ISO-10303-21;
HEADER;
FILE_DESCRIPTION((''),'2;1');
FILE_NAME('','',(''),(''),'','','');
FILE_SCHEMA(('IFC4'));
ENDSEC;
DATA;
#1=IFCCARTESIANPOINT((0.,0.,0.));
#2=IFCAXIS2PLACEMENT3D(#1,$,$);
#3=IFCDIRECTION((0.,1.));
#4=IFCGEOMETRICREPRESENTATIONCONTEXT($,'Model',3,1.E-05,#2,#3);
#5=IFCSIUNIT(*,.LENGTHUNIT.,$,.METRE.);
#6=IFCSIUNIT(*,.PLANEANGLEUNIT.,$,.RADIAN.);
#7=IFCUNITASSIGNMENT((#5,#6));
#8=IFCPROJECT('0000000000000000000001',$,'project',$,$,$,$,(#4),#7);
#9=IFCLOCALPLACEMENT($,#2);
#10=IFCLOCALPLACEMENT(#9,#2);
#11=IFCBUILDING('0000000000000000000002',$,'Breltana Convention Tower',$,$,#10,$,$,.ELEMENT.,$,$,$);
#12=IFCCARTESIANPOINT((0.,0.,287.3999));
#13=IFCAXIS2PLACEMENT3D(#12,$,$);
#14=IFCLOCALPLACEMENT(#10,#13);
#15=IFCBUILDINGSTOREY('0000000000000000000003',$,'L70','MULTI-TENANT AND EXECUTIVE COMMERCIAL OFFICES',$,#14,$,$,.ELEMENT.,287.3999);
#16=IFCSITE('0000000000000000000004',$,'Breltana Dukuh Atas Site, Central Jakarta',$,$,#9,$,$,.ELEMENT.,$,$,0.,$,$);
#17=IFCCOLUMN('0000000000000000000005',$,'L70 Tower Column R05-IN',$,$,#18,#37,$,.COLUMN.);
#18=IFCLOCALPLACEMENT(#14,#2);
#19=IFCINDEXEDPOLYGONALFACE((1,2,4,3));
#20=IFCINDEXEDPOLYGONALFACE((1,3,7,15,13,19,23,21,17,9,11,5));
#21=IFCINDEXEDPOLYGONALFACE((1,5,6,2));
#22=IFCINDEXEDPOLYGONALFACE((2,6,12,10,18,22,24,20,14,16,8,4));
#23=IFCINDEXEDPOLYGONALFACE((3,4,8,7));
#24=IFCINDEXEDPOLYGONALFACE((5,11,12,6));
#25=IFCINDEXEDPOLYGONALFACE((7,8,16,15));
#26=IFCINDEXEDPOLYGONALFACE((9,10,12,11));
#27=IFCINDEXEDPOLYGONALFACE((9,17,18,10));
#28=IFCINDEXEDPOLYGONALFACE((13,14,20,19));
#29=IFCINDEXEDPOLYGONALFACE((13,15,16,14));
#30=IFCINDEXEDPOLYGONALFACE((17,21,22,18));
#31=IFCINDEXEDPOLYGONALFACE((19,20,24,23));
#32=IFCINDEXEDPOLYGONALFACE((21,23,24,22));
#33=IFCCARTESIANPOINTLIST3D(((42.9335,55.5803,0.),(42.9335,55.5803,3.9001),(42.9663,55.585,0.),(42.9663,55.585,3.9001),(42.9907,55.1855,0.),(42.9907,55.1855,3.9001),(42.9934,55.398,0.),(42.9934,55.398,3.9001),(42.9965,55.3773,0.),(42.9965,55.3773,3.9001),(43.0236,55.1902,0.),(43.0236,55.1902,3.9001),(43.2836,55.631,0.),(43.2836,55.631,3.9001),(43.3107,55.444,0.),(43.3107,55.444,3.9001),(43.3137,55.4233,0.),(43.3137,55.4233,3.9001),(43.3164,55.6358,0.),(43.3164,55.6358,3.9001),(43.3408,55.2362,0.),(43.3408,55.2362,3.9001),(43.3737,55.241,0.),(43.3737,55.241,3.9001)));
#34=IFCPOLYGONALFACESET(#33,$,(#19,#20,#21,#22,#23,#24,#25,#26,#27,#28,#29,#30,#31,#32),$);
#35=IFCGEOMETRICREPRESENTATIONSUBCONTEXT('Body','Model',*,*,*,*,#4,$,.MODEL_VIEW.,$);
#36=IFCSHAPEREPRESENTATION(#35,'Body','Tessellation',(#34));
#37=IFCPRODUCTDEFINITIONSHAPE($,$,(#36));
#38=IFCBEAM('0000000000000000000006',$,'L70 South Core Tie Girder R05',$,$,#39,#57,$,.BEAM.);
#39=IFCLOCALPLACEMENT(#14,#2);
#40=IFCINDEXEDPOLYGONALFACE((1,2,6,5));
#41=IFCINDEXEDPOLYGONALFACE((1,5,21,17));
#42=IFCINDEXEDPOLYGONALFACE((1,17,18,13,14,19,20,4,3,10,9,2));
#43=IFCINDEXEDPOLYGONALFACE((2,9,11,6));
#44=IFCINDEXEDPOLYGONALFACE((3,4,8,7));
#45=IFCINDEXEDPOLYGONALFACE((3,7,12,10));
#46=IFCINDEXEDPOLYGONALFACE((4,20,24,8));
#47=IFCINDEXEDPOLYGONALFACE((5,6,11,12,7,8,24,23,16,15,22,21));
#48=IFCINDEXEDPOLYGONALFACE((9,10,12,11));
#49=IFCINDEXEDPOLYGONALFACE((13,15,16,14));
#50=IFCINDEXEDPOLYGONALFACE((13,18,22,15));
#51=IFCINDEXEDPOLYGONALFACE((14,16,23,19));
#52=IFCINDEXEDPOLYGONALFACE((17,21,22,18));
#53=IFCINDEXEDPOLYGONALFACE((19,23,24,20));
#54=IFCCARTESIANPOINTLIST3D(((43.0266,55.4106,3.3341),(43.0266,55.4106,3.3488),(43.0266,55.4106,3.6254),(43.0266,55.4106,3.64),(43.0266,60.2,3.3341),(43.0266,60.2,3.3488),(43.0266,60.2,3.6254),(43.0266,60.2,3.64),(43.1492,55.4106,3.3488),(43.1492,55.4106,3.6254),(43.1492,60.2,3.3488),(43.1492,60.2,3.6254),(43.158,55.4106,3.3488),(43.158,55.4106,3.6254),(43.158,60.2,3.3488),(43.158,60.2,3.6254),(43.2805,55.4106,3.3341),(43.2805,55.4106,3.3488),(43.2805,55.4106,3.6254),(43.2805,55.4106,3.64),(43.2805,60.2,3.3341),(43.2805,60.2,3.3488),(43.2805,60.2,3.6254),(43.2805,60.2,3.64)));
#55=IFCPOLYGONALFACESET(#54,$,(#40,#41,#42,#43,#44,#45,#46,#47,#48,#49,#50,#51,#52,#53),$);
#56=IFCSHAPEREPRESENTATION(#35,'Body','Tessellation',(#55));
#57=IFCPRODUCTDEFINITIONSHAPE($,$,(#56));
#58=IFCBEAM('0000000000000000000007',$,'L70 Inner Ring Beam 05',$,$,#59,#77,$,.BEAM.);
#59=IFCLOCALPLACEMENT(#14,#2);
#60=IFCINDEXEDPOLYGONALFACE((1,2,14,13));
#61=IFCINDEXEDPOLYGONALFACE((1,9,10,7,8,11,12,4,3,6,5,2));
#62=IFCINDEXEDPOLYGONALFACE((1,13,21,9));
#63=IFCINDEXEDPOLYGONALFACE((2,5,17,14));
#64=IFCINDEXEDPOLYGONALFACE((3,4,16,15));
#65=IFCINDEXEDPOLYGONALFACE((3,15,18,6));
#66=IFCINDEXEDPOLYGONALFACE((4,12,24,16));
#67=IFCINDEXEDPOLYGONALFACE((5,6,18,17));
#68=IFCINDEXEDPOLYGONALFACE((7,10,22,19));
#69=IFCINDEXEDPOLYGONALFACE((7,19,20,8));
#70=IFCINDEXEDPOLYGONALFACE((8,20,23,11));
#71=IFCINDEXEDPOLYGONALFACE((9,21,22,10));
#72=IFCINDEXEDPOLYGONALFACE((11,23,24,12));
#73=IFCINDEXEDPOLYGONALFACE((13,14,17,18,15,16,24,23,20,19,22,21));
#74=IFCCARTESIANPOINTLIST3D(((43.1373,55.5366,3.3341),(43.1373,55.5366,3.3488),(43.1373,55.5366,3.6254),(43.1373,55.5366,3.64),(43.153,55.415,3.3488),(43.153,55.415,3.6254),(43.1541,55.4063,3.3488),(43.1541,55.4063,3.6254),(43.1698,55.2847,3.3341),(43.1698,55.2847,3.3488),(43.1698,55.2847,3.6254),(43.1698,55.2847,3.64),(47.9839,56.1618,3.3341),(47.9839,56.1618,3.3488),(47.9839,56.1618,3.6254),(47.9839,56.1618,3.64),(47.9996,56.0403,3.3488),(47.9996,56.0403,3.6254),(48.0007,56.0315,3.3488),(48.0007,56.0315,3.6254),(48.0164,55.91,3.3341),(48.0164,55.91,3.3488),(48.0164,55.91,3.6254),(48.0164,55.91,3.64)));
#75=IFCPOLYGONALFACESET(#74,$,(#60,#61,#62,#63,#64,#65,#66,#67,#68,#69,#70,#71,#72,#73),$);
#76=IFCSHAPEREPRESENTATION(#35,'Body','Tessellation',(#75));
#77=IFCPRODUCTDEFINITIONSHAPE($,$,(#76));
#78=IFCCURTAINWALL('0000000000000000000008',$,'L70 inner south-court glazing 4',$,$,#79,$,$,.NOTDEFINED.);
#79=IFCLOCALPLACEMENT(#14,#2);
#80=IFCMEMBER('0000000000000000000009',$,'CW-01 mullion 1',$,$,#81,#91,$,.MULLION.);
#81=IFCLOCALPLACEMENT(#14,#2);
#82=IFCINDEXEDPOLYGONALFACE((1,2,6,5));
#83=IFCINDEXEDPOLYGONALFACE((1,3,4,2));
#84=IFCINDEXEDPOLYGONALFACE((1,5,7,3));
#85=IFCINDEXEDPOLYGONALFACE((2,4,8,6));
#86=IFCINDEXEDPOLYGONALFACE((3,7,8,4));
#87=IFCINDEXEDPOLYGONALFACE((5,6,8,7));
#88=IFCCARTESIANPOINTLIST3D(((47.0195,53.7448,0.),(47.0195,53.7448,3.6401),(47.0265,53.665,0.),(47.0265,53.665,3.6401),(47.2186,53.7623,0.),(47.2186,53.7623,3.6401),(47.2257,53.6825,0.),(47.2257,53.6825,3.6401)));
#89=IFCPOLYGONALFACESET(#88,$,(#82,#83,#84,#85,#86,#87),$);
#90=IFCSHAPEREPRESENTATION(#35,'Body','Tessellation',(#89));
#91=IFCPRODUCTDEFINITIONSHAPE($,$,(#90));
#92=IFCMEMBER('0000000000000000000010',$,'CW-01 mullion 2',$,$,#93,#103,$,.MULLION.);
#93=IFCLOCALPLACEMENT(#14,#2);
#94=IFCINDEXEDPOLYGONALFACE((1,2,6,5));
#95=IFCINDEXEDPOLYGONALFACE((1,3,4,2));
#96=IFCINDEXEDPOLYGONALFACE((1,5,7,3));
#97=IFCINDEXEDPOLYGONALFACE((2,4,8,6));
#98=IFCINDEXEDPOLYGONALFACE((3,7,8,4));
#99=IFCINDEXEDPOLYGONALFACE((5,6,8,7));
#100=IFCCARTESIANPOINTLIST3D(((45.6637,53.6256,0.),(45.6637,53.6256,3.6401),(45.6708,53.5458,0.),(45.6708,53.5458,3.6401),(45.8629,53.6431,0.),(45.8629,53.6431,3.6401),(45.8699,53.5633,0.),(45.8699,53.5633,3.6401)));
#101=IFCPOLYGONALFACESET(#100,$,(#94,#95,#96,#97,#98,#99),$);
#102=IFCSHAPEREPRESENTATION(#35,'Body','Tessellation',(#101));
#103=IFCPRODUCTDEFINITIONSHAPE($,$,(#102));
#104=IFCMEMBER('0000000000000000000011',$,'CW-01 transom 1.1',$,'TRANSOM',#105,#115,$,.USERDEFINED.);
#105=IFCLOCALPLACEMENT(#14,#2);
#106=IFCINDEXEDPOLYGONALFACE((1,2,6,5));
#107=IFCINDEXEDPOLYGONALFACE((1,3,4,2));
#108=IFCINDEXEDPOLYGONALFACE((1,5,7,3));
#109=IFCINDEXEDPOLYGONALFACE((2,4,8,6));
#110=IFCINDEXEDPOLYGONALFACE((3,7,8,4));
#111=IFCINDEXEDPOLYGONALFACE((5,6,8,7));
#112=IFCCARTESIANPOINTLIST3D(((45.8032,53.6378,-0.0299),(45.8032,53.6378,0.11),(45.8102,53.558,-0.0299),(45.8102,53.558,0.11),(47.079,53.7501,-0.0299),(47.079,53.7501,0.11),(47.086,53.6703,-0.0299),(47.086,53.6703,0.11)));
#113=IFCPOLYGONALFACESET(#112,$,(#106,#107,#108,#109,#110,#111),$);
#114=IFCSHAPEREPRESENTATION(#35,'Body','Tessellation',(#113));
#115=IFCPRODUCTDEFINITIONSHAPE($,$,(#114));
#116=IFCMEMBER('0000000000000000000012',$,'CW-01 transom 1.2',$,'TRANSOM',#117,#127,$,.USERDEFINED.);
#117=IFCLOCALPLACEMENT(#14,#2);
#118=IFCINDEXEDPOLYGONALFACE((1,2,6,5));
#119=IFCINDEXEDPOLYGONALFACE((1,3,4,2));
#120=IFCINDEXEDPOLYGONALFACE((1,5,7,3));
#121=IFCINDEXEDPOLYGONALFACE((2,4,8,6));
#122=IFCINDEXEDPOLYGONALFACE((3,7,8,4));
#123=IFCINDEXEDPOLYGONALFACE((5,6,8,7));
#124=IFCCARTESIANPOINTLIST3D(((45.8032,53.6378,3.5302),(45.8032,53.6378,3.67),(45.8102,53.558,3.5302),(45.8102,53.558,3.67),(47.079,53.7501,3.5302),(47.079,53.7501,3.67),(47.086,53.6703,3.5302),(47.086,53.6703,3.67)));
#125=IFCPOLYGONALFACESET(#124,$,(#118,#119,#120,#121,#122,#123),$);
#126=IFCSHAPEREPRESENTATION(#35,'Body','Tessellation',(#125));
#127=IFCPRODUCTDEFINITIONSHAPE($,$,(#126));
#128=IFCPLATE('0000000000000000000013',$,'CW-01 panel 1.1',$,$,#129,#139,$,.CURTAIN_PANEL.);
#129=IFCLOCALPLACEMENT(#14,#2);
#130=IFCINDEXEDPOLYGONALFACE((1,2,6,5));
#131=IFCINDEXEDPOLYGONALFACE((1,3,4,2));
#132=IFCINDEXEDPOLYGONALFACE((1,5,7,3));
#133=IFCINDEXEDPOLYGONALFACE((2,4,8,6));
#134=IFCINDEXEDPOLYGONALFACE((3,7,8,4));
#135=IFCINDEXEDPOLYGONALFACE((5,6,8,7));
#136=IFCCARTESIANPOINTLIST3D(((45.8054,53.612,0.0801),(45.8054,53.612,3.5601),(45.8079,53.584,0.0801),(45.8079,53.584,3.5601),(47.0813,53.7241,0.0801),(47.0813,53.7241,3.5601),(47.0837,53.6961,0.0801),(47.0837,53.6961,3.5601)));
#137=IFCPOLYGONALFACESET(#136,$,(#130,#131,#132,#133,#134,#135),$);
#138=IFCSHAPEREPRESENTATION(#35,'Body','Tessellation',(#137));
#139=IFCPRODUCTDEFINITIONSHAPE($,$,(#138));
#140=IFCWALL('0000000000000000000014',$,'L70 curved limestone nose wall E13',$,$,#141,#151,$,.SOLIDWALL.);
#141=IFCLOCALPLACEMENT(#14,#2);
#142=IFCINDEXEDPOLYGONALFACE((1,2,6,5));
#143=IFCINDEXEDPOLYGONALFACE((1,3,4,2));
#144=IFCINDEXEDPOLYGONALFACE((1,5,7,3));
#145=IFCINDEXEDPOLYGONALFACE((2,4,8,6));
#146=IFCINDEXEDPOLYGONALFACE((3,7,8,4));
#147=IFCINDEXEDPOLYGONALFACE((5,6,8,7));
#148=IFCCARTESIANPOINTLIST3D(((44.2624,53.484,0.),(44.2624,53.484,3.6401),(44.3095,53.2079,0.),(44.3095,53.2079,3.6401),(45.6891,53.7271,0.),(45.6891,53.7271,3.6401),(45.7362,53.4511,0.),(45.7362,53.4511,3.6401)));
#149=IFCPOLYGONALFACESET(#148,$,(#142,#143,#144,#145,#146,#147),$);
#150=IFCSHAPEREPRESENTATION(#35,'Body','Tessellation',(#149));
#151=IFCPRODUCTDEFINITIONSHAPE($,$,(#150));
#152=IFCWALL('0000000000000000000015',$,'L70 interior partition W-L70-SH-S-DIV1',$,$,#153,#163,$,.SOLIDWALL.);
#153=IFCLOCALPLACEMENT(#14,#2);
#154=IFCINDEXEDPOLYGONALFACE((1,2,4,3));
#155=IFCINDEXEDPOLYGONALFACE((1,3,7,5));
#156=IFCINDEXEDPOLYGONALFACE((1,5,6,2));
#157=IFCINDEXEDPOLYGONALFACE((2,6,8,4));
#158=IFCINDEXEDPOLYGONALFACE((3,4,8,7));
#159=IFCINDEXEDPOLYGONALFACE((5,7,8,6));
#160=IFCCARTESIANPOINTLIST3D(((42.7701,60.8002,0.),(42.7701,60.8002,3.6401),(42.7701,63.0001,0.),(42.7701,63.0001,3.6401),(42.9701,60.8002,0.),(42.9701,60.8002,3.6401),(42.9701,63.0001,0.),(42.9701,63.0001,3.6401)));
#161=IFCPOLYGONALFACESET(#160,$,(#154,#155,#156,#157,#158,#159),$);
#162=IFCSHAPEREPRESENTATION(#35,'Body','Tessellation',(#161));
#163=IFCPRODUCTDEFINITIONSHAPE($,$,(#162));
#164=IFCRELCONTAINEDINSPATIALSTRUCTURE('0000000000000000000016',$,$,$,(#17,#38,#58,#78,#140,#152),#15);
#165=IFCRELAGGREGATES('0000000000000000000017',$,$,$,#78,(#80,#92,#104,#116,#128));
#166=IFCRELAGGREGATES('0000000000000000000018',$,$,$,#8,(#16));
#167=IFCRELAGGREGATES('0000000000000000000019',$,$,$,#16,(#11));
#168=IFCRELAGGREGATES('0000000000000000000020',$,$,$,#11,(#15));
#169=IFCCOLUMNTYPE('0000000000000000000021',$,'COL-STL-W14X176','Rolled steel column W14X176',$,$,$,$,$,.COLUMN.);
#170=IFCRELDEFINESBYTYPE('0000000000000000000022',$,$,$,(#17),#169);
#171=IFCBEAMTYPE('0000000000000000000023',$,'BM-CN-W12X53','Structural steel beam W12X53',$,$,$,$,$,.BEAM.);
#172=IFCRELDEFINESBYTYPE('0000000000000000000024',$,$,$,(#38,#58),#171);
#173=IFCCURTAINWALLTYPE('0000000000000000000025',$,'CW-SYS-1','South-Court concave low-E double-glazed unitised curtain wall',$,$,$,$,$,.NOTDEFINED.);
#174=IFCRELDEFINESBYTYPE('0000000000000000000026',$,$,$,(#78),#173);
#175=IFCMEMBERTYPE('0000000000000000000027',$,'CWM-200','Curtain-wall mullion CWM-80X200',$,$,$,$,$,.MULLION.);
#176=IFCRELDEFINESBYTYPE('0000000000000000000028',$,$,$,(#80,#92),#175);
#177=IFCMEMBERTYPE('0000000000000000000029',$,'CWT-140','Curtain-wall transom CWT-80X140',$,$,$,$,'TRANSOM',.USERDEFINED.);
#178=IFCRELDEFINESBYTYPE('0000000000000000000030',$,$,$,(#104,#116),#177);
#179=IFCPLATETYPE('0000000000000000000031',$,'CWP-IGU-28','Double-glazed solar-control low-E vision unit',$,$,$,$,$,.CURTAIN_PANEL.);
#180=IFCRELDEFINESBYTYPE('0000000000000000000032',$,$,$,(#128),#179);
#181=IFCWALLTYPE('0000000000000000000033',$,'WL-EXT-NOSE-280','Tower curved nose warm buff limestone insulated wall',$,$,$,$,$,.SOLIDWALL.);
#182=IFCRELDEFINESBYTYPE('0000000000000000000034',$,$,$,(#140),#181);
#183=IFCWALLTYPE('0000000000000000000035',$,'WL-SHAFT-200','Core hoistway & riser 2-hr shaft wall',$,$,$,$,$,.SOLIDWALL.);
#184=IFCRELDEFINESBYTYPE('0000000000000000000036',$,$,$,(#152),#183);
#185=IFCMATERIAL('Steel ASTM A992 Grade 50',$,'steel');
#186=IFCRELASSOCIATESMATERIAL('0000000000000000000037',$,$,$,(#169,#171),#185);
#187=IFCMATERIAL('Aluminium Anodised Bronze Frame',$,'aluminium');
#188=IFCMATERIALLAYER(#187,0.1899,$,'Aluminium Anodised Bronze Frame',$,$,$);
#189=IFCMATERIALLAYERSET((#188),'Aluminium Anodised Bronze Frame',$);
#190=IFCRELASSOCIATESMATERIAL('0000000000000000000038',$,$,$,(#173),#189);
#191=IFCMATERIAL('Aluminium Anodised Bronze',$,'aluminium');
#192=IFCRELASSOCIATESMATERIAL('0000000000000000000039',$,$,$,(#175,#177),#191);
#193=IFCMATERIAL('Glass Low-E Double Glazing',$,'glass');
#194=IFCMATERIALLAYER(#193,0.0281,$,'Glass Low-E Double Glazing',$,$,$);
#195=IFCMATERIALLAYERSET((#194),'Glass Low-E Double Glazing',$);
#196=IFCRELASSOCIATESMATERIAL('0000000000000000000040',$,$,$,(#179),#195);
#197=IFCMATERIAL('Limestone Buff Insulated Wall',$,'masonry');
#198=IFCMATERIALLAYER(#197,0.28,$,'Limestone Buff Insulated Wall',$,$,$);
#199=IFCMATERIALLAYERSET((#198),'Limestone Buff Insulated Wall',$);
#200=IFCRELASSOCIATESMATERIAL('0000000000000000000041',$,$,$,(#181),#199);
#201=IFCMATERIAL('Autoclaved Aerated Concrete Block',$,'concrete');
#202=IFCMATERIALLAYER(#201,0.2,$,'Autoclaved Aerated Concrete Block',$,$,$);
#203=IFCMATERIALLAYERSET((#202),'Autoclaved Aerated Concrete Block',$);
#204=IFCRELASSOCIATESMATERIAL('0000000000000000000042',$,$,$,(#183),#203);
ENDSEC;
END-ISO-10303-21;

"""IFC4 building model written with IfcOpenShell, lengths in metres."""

from ifc_helpers import new_model, si_unit, direction, frame, frame_2d, origin, origin_2d, place, context, subcontext, project, spatial, rectangle, i_section, extrude, source, transform, mapped, material, layer, layer_set, material_profile, profile_set, type_object, element, aggregate, save


model = new_model("IFC4")

# Units and contexts
model_context = context("Model", 3, precision=1e-05, world=origin(), true_north=direction((0.0, 1.0)))
body_context = subcontext(model_context, "Body", "Model", "MODEL_VIEW")
ifc_project = project(units=[si_unit("LENGTHUNIT", "METRE"), si_unit("PLANEANGLEUNIT", "RADIAN")], contexts=[model_context])

# Site, building, storey
site_placement = place(None, origin())
site = spatial("IfcSite", under=ifc_project, at=site_placement, Name="Breltana Dukuh Atas Site, Central Jakarta", CompositionType="ELEMENT", RefElevation=0.0)
building_placement = place(site_placement, origin())
building = spatial("IfcBuilding", under=site, at=building_placement, Name="Breltana Convention Tower", CompositionType="ELEMENT")
storey_placement = place(building_placement, frame((0.0, 0.0, 287.3999)))
storey = spatial("IfcBuildingStorey", under=building, at=storey_placement, Name="L70", Description="MULTI-TENANT AND EXECUTIVE COMMERCIAL OFFICES", CompositionType="ELEMENT", Elevation=287.3999)

# Column
ifc_material_1 = material(Name="Steel ASTM A992 Grade 50", Category="steel")
ifc_material_profile_1 = material_profile(ifc_material_1, i_section(OverallWidth=0.3989, OverallDepth=0.387, WebThickness=0.021, FlangeThickness=0.0332, at=origin_2d()), Name="W14X176")
ifc_profile_set_1 = profile_set([ifc_material_profile_1], Name="Steel ASTM A992 Grade 50")
column_type = type_object("IfcColumnType", Name="COL-STL-W14X176", Description="Rolled steel column W14X176", PredefinedType="COLUMN", material=ifc_profile_set_1)
shared_shape_1 = source(origin(), body_context, "Body", "SweptSolid", [
    extrude(i_section(OverallWidth=0.3989, OverallDepth=0.387, WebThickness=0.021, FlangeThickness=0.0332, at=origin_2d()), origin(), (0.0, 0.0, 1.0), 3.9001),
])
column_placement = place(storey_placement, frame((43.1536, 55.4106, 0.0), z_axis=(0.0, 0.0, 1.0), x_axis=(-0.143493, 0.989651, 0.0)))
element("IfcColumn", 1, at=column_placement, inside=storey, type_object=column_type, Name="L70 Tower Column R05-IN", PredefinedType="COLUMN", context=body_context, shape_type="MappedRepresentation", body=[
    mapped(shared_shape_1, transform((0.0, 0.0, 0.0), scale=1.0)),
])

# Beams
ifc_material_profile_2 = material_profile(ifc_material_1, i_section(OverallWidth=0.2539, OverallDepth=0.3059, WebThickness=0.0088, FlangeThickness=0.0146, at=origin_2d()), Name="W12X53")
ifc_profile_set_2 = profile_set([ifc_material_profile_2], Name="Steel ASTM A992 Grade 50")
beam_type = type_object("IfcBeamType", Name="BM-CN-W12X53", Description="Structural steel beam W12X53", PredefinedType="BEAM", material=ifc_profile_set_2)
shared_shape_2 = source(origin(), body_context, "Body", "SweptSolid", [
    extrude(i_section(OverallWidth=0.2539, OverallDepth=0.3059, WebThickness=0.0088, FlangeThickness=0.0146, at=origin_2d()), origin(), (0.0, 0.0, 1.0), 4.7893),
])
beam_1_placement = place(storey_placement, frame((43.1536, 60.2, 3.4871), z_axis=(0.0, -1.0, 0.0), x_axis=(1.0, 0.0, 0.0)))
element("IfcBeam", 2, at=beam_1_placement, inside=storey, type_object=beam_type, Name="L70 South Core Tie Girder R05", PredefinedType="BEAM", context=body_context, shape_type="MappedRepresentation", body=[
    mapped(shared_shape_2, transform((0.0, 0.0, 0.0), scale=1.0)),
])
shared_shape_3 = source(origin(), body_context, "Body", "SweptSolid", [
    extrude(i_section(OverallWidth=0.2539, OverallDepth=0.3059, WebThickness=0.0088, FlangeThickness=0.0146, at=origin_2d()), origin(), (0.0, 0.0, 1.0), 4.8867),
])
beam_2_placement = place(storey_placement, frame((43.1536, 55.4106, 3.4871), z_axis=(0.991781, 0.127951, 0.0), x_axis=(-0.127951, 0.991781, 0.0)))
element("IfcBeam", 3, at=beam_2_placement, inside=storey, type_object=beam_type, Name="L70 Inner Ring Beam 05", PredefinedType="BEAM", context=body_context, shape_type="MappedRepresentation", body=[
    mapped(shared_shape_3, transform((0.0, 0.0, 0.0), scale=1.0)),
])

# Curtain wall, members, plate
ifc_material_2 = material(Name="Aluminium Anodised Bronze Frame", Category="aluminium")
ifc_layer_1 = layer(ifc_material_2, 0.1899, Name="Aluminium Anodised Bronze Frame")
ifc_layer_set_1 = layer_set([ifc_layer_1], Name="Aluminium Anodised Bronze Frame")
curtain_wall_type = type_object("IfcCurtainWallType", Name="CW-SYS-1", Description="South-Court concave low-E double-glazed unitised curtain wall", PredefinedType="NOTDEFINED", material=ifc_layer_set_1)
curtain_wall_placement = place(storey_placement, origin())
curtain_wall = element("IfcCurtainWall", 4, at=curtain_wall_placement, inside=storey, type_object=curtain_wall_type, Name="L70 inner south-court glazing 4", PredefinedType="NOTDEFINED")
ifc_material_3 = material(Name="Aluminium Anodised Bronze", Category="aluminium")
ifc_material_profile_3 = material_profile(ifc_material_3, rectangle(XDim=0.0801, YDim=0.2, at=origin_2d()), Name="CWM-80X200")
ifc_profile_set_3 = profile_set([ifc_material_profile_3], Name="Aluminium Anodised Bronze")
member_type_1 = type_object("IfcMemberType", Name="CWM-200", Description="Curtain-wall mullion CWM-80X200", PredefinedType="MULLION", material=ifc_profile_set_3)
shared_shape_4 = source(origin(), body_context, "Body", "SweptSolid", [
    extrude(rectangle(XDim=0.0801, YDim=0.2, at=origin_2d()), origin(), (0.0, 0.0, 1.0), 3.6401),
])
member_1_placement = place(storey_placement, frame((47.1226, 53.7136, 0.0), z_axis=(0.0, 0.0, 1.0), x_axis=(0.087519, -0.996163, 0.0)))
member_1 = element("IfcMember", 5, at=member_1_placement, type_object=member_type_1, Name="CW-01 mullion 1", PredefinedType="MULLION", context=body_context, shape_type="MappedRepresentation", body=[
    mapped(shared_shape_4, transform((0.0, 0.0, 0.0), scale=1.0)),
])
member_2_placement = place(storey_placement, frame((45.7668, 53.5945, 0.0), z_axis=(0.0, 0.0, 1.0), x_axis=(0.087519, -0.996163, 0.0)))
member_2 = element("IfcMember", 6, at=member_2_placement, type_object=member_type_1, Name="CW-01 mullion 2", PredefinedType="MULLION", context=body_context, shape_type="MappedRepresentation", body=[
    mapped(shared_shape_4, transform((0.0, 0.0, 0.0), scale=1.0)),
])
ifc_material_profile_4 = material_profile(ifc_material_3, rectangle(XDim=0.0801, YDim=0.1399, at=origin_2d()), Name="CWT-80X140")
ifc_profile_set_4 = profile_set([ifc_material_profile_4], Name="Aluminium Anodised Bronze")
member_type_2 = type_object("IfcMemberType", Name="CWT-140", Description="Curtain-wall transom CWT-80X140", ElementType="TRANSOM", PredefinedType="USERDEFINED", material=ifc_profile_set_4)
shared_shape_5 = source(origin(), body_context, "Body", "SweptSolid", [
    extrude(rectangle(XDim=0.0801, YDim=0.1399, at=origin_2d()), origin(), (0.0, 0.0, 1.0), 1.2808),
])
member_3_placement = place(storey_placement, frame((47.0825, 53.7102, 0.04), z_axis=(-0.996148, -0.087682, 0.0), x_axis=(0.087682, -0.996148, 0.0)))
member_3 = element("IfcMember", 7, at=member_3_placement, type_object=member_type_2, Name="CW-01 transom 1.1", ObjectType="TRANSOM", PredefinedType="USERDEFINED", context=body_context, shape_type="MappedRepresentation", body=[
    mapped(shared_shape_5, transform((0.0, 0.0, 0.0), scale=1.0)),
])
member_4_placement = place(storey_placement, frame((47.0825, 53.7102, 3.6001), z_axis=(-0.996148, -0.087682, 0.0), x_axis=(0.087682, -0.996148, 0.0)))
member_4 = element("IfcMember", 8, at=member_4_placement, type_object=member_type_2, Name="CW-01 transom 1.2", ObjectType="TRANSOM", PredefinedType="USERDEFINED", context=body_context, shape_type="MappedRepresentation", body=[
    mapped(shared_shape_5, transform((0.0, 0.0, 0.0), scale=1.0)),
])
ifc_material_4 = material(Name="Glass Low-E Double Glazing", Category="glass")
ifc_layer_2 = layer(ifc_material_4, 0.0281, Name="Glass Low-E Double Glazing")
ifc_layer_set_2 = layer_set([ifc_layer_2], Name="Glass Low-E Double Glazing")
plate_type = type_object("IfcPlateType", Name="CWP-IGU-28", Description="Double-glazed solar-control low-E vision unit", PredefinedType="CURTAIN_PANEL", material=ifc_layer_set_2)
shared_shape_6 = source(origin(), body_context, "Body", "SweptSolid", [
    extrude(rectangle(XDim=1.2808, YDim=0.0281, at=origin_2d()), origin(), (0.0, 0.0, 1.0), 3.48),
])
plate_placement = place(storey_placement, frame((46.4446, 53.6541, 0.0801), z_axis=(0.0, 0.0, 1.0), x_axis=(-0.996163, -0.087519, 0.0)))
plate = element("IfcPlate", 9, at=plate_placement, type_object=plate_type, Name="CW-01 panel 1.1", PredefinedType="CURTAIN_PANEL", context=body_context, shape_type="MappedRepresentation", body=[
    mapped(shared_shape_6, transform((0.0, 0.0, 0.0), scale=1.0)),
])
aggregate(curtain_wall, [member_1, member_2, member_3, member_4, plate])

# Walls
ifc_material_5 = material(Name="Limestone Buff Insulated Wall", Category="masonry")
ifc_layer_3 = layer(ifc_material_5, 0.28, Name="Limestone Buff Insulated Wall")
ifc_layer_set_3 = layer_set([ifc_layer_3], Name="Limestone Buff Insulated Wall")
wall_type_1 = type_object("IfcWallType", Name="WL-EXT-NOSE-280", Description="Tower curved nose warm buff limestone insulated wall", PredefinedType="SOLIDWALL", material=ifc_layer_set_3)
shared_shape_7 = source(origin(), body_context, "Body", "SweptSolid", [
    extrude(rectangle(XDim=1.4473, YDim=0.28, at=frame_2d((0.7236, 0.0))), origin(), (0.0, 0.0, 1.0), 3.6401),
])
wall_1_placement = place(storey_placement, frame((45.7126, 53.5891, 0.0), z_axis=(0.0, 0.0, 1.0), x_axis=(-0.985786, -0.168009, 0.0)))
element("IfcWall", 10, at=wall_1_placement, inside=storey, type_object=wall_type_1, Name="L70 curved limestone nose wall E13", PredefinedType="SOLIDWALL", context=body_context, shape_type="MappedRepresentation", body=[
    mapped(shared_shape_7, transform((0.0, 0.0, 0.0), scale=1.0)),
])
ifc_material_6 = material(Name="Autoclaved Aerated Concrete Block", Category="concrete")
ifc_layer_4 = layer(ifc_material_6, 0.2, Name="Autoclaved Aerated Concrete Block")
ifc_layer_set_4 = layer_set([ifc_layer_4], Name="Autoclaved Aerated Concrete Block")
wall_type_2 = type_object("IfcWallType", Name="WL-SHAFT-200", Description="Core hoistway & riser 2-hr shaft wall", PredefinedType="SOLIDWALL", material=ifc_layer_set_4)
shared_shape_8 = source(origin(), body_context, "Body", "SweptSolid", [
    extrude(rectangle(XDim=2.2, YDim=0.2, at=frame_2d((1.1001, 0.0))), origin(), (0.0, 0.0, 1.0), 3.6401),
])
for number, where, z_axis, x_axis, name in (
    (11, (42.8701, 60.8, 0.0), (0.0, 0.0, 1.0), (0.0, 1.0, 0.0), "L70 interior partition W-L70-SH-S-DIV1"),
):
    element("IfcWall", number, at=place(storey_placement, frame(where, z_axis=z_axis, x_axis=x_axis)), inside=storey, type_object=wall_type_2, Name=name, PredefinedType="SOLIDWALL", context=body_context, shape_type="MappedRepresentation", body=[
        mapped(shared_shape_8, transform((0.0, 0.0, 0.0), scale=1.0)),
    ])

save(model, "model.ifc")
